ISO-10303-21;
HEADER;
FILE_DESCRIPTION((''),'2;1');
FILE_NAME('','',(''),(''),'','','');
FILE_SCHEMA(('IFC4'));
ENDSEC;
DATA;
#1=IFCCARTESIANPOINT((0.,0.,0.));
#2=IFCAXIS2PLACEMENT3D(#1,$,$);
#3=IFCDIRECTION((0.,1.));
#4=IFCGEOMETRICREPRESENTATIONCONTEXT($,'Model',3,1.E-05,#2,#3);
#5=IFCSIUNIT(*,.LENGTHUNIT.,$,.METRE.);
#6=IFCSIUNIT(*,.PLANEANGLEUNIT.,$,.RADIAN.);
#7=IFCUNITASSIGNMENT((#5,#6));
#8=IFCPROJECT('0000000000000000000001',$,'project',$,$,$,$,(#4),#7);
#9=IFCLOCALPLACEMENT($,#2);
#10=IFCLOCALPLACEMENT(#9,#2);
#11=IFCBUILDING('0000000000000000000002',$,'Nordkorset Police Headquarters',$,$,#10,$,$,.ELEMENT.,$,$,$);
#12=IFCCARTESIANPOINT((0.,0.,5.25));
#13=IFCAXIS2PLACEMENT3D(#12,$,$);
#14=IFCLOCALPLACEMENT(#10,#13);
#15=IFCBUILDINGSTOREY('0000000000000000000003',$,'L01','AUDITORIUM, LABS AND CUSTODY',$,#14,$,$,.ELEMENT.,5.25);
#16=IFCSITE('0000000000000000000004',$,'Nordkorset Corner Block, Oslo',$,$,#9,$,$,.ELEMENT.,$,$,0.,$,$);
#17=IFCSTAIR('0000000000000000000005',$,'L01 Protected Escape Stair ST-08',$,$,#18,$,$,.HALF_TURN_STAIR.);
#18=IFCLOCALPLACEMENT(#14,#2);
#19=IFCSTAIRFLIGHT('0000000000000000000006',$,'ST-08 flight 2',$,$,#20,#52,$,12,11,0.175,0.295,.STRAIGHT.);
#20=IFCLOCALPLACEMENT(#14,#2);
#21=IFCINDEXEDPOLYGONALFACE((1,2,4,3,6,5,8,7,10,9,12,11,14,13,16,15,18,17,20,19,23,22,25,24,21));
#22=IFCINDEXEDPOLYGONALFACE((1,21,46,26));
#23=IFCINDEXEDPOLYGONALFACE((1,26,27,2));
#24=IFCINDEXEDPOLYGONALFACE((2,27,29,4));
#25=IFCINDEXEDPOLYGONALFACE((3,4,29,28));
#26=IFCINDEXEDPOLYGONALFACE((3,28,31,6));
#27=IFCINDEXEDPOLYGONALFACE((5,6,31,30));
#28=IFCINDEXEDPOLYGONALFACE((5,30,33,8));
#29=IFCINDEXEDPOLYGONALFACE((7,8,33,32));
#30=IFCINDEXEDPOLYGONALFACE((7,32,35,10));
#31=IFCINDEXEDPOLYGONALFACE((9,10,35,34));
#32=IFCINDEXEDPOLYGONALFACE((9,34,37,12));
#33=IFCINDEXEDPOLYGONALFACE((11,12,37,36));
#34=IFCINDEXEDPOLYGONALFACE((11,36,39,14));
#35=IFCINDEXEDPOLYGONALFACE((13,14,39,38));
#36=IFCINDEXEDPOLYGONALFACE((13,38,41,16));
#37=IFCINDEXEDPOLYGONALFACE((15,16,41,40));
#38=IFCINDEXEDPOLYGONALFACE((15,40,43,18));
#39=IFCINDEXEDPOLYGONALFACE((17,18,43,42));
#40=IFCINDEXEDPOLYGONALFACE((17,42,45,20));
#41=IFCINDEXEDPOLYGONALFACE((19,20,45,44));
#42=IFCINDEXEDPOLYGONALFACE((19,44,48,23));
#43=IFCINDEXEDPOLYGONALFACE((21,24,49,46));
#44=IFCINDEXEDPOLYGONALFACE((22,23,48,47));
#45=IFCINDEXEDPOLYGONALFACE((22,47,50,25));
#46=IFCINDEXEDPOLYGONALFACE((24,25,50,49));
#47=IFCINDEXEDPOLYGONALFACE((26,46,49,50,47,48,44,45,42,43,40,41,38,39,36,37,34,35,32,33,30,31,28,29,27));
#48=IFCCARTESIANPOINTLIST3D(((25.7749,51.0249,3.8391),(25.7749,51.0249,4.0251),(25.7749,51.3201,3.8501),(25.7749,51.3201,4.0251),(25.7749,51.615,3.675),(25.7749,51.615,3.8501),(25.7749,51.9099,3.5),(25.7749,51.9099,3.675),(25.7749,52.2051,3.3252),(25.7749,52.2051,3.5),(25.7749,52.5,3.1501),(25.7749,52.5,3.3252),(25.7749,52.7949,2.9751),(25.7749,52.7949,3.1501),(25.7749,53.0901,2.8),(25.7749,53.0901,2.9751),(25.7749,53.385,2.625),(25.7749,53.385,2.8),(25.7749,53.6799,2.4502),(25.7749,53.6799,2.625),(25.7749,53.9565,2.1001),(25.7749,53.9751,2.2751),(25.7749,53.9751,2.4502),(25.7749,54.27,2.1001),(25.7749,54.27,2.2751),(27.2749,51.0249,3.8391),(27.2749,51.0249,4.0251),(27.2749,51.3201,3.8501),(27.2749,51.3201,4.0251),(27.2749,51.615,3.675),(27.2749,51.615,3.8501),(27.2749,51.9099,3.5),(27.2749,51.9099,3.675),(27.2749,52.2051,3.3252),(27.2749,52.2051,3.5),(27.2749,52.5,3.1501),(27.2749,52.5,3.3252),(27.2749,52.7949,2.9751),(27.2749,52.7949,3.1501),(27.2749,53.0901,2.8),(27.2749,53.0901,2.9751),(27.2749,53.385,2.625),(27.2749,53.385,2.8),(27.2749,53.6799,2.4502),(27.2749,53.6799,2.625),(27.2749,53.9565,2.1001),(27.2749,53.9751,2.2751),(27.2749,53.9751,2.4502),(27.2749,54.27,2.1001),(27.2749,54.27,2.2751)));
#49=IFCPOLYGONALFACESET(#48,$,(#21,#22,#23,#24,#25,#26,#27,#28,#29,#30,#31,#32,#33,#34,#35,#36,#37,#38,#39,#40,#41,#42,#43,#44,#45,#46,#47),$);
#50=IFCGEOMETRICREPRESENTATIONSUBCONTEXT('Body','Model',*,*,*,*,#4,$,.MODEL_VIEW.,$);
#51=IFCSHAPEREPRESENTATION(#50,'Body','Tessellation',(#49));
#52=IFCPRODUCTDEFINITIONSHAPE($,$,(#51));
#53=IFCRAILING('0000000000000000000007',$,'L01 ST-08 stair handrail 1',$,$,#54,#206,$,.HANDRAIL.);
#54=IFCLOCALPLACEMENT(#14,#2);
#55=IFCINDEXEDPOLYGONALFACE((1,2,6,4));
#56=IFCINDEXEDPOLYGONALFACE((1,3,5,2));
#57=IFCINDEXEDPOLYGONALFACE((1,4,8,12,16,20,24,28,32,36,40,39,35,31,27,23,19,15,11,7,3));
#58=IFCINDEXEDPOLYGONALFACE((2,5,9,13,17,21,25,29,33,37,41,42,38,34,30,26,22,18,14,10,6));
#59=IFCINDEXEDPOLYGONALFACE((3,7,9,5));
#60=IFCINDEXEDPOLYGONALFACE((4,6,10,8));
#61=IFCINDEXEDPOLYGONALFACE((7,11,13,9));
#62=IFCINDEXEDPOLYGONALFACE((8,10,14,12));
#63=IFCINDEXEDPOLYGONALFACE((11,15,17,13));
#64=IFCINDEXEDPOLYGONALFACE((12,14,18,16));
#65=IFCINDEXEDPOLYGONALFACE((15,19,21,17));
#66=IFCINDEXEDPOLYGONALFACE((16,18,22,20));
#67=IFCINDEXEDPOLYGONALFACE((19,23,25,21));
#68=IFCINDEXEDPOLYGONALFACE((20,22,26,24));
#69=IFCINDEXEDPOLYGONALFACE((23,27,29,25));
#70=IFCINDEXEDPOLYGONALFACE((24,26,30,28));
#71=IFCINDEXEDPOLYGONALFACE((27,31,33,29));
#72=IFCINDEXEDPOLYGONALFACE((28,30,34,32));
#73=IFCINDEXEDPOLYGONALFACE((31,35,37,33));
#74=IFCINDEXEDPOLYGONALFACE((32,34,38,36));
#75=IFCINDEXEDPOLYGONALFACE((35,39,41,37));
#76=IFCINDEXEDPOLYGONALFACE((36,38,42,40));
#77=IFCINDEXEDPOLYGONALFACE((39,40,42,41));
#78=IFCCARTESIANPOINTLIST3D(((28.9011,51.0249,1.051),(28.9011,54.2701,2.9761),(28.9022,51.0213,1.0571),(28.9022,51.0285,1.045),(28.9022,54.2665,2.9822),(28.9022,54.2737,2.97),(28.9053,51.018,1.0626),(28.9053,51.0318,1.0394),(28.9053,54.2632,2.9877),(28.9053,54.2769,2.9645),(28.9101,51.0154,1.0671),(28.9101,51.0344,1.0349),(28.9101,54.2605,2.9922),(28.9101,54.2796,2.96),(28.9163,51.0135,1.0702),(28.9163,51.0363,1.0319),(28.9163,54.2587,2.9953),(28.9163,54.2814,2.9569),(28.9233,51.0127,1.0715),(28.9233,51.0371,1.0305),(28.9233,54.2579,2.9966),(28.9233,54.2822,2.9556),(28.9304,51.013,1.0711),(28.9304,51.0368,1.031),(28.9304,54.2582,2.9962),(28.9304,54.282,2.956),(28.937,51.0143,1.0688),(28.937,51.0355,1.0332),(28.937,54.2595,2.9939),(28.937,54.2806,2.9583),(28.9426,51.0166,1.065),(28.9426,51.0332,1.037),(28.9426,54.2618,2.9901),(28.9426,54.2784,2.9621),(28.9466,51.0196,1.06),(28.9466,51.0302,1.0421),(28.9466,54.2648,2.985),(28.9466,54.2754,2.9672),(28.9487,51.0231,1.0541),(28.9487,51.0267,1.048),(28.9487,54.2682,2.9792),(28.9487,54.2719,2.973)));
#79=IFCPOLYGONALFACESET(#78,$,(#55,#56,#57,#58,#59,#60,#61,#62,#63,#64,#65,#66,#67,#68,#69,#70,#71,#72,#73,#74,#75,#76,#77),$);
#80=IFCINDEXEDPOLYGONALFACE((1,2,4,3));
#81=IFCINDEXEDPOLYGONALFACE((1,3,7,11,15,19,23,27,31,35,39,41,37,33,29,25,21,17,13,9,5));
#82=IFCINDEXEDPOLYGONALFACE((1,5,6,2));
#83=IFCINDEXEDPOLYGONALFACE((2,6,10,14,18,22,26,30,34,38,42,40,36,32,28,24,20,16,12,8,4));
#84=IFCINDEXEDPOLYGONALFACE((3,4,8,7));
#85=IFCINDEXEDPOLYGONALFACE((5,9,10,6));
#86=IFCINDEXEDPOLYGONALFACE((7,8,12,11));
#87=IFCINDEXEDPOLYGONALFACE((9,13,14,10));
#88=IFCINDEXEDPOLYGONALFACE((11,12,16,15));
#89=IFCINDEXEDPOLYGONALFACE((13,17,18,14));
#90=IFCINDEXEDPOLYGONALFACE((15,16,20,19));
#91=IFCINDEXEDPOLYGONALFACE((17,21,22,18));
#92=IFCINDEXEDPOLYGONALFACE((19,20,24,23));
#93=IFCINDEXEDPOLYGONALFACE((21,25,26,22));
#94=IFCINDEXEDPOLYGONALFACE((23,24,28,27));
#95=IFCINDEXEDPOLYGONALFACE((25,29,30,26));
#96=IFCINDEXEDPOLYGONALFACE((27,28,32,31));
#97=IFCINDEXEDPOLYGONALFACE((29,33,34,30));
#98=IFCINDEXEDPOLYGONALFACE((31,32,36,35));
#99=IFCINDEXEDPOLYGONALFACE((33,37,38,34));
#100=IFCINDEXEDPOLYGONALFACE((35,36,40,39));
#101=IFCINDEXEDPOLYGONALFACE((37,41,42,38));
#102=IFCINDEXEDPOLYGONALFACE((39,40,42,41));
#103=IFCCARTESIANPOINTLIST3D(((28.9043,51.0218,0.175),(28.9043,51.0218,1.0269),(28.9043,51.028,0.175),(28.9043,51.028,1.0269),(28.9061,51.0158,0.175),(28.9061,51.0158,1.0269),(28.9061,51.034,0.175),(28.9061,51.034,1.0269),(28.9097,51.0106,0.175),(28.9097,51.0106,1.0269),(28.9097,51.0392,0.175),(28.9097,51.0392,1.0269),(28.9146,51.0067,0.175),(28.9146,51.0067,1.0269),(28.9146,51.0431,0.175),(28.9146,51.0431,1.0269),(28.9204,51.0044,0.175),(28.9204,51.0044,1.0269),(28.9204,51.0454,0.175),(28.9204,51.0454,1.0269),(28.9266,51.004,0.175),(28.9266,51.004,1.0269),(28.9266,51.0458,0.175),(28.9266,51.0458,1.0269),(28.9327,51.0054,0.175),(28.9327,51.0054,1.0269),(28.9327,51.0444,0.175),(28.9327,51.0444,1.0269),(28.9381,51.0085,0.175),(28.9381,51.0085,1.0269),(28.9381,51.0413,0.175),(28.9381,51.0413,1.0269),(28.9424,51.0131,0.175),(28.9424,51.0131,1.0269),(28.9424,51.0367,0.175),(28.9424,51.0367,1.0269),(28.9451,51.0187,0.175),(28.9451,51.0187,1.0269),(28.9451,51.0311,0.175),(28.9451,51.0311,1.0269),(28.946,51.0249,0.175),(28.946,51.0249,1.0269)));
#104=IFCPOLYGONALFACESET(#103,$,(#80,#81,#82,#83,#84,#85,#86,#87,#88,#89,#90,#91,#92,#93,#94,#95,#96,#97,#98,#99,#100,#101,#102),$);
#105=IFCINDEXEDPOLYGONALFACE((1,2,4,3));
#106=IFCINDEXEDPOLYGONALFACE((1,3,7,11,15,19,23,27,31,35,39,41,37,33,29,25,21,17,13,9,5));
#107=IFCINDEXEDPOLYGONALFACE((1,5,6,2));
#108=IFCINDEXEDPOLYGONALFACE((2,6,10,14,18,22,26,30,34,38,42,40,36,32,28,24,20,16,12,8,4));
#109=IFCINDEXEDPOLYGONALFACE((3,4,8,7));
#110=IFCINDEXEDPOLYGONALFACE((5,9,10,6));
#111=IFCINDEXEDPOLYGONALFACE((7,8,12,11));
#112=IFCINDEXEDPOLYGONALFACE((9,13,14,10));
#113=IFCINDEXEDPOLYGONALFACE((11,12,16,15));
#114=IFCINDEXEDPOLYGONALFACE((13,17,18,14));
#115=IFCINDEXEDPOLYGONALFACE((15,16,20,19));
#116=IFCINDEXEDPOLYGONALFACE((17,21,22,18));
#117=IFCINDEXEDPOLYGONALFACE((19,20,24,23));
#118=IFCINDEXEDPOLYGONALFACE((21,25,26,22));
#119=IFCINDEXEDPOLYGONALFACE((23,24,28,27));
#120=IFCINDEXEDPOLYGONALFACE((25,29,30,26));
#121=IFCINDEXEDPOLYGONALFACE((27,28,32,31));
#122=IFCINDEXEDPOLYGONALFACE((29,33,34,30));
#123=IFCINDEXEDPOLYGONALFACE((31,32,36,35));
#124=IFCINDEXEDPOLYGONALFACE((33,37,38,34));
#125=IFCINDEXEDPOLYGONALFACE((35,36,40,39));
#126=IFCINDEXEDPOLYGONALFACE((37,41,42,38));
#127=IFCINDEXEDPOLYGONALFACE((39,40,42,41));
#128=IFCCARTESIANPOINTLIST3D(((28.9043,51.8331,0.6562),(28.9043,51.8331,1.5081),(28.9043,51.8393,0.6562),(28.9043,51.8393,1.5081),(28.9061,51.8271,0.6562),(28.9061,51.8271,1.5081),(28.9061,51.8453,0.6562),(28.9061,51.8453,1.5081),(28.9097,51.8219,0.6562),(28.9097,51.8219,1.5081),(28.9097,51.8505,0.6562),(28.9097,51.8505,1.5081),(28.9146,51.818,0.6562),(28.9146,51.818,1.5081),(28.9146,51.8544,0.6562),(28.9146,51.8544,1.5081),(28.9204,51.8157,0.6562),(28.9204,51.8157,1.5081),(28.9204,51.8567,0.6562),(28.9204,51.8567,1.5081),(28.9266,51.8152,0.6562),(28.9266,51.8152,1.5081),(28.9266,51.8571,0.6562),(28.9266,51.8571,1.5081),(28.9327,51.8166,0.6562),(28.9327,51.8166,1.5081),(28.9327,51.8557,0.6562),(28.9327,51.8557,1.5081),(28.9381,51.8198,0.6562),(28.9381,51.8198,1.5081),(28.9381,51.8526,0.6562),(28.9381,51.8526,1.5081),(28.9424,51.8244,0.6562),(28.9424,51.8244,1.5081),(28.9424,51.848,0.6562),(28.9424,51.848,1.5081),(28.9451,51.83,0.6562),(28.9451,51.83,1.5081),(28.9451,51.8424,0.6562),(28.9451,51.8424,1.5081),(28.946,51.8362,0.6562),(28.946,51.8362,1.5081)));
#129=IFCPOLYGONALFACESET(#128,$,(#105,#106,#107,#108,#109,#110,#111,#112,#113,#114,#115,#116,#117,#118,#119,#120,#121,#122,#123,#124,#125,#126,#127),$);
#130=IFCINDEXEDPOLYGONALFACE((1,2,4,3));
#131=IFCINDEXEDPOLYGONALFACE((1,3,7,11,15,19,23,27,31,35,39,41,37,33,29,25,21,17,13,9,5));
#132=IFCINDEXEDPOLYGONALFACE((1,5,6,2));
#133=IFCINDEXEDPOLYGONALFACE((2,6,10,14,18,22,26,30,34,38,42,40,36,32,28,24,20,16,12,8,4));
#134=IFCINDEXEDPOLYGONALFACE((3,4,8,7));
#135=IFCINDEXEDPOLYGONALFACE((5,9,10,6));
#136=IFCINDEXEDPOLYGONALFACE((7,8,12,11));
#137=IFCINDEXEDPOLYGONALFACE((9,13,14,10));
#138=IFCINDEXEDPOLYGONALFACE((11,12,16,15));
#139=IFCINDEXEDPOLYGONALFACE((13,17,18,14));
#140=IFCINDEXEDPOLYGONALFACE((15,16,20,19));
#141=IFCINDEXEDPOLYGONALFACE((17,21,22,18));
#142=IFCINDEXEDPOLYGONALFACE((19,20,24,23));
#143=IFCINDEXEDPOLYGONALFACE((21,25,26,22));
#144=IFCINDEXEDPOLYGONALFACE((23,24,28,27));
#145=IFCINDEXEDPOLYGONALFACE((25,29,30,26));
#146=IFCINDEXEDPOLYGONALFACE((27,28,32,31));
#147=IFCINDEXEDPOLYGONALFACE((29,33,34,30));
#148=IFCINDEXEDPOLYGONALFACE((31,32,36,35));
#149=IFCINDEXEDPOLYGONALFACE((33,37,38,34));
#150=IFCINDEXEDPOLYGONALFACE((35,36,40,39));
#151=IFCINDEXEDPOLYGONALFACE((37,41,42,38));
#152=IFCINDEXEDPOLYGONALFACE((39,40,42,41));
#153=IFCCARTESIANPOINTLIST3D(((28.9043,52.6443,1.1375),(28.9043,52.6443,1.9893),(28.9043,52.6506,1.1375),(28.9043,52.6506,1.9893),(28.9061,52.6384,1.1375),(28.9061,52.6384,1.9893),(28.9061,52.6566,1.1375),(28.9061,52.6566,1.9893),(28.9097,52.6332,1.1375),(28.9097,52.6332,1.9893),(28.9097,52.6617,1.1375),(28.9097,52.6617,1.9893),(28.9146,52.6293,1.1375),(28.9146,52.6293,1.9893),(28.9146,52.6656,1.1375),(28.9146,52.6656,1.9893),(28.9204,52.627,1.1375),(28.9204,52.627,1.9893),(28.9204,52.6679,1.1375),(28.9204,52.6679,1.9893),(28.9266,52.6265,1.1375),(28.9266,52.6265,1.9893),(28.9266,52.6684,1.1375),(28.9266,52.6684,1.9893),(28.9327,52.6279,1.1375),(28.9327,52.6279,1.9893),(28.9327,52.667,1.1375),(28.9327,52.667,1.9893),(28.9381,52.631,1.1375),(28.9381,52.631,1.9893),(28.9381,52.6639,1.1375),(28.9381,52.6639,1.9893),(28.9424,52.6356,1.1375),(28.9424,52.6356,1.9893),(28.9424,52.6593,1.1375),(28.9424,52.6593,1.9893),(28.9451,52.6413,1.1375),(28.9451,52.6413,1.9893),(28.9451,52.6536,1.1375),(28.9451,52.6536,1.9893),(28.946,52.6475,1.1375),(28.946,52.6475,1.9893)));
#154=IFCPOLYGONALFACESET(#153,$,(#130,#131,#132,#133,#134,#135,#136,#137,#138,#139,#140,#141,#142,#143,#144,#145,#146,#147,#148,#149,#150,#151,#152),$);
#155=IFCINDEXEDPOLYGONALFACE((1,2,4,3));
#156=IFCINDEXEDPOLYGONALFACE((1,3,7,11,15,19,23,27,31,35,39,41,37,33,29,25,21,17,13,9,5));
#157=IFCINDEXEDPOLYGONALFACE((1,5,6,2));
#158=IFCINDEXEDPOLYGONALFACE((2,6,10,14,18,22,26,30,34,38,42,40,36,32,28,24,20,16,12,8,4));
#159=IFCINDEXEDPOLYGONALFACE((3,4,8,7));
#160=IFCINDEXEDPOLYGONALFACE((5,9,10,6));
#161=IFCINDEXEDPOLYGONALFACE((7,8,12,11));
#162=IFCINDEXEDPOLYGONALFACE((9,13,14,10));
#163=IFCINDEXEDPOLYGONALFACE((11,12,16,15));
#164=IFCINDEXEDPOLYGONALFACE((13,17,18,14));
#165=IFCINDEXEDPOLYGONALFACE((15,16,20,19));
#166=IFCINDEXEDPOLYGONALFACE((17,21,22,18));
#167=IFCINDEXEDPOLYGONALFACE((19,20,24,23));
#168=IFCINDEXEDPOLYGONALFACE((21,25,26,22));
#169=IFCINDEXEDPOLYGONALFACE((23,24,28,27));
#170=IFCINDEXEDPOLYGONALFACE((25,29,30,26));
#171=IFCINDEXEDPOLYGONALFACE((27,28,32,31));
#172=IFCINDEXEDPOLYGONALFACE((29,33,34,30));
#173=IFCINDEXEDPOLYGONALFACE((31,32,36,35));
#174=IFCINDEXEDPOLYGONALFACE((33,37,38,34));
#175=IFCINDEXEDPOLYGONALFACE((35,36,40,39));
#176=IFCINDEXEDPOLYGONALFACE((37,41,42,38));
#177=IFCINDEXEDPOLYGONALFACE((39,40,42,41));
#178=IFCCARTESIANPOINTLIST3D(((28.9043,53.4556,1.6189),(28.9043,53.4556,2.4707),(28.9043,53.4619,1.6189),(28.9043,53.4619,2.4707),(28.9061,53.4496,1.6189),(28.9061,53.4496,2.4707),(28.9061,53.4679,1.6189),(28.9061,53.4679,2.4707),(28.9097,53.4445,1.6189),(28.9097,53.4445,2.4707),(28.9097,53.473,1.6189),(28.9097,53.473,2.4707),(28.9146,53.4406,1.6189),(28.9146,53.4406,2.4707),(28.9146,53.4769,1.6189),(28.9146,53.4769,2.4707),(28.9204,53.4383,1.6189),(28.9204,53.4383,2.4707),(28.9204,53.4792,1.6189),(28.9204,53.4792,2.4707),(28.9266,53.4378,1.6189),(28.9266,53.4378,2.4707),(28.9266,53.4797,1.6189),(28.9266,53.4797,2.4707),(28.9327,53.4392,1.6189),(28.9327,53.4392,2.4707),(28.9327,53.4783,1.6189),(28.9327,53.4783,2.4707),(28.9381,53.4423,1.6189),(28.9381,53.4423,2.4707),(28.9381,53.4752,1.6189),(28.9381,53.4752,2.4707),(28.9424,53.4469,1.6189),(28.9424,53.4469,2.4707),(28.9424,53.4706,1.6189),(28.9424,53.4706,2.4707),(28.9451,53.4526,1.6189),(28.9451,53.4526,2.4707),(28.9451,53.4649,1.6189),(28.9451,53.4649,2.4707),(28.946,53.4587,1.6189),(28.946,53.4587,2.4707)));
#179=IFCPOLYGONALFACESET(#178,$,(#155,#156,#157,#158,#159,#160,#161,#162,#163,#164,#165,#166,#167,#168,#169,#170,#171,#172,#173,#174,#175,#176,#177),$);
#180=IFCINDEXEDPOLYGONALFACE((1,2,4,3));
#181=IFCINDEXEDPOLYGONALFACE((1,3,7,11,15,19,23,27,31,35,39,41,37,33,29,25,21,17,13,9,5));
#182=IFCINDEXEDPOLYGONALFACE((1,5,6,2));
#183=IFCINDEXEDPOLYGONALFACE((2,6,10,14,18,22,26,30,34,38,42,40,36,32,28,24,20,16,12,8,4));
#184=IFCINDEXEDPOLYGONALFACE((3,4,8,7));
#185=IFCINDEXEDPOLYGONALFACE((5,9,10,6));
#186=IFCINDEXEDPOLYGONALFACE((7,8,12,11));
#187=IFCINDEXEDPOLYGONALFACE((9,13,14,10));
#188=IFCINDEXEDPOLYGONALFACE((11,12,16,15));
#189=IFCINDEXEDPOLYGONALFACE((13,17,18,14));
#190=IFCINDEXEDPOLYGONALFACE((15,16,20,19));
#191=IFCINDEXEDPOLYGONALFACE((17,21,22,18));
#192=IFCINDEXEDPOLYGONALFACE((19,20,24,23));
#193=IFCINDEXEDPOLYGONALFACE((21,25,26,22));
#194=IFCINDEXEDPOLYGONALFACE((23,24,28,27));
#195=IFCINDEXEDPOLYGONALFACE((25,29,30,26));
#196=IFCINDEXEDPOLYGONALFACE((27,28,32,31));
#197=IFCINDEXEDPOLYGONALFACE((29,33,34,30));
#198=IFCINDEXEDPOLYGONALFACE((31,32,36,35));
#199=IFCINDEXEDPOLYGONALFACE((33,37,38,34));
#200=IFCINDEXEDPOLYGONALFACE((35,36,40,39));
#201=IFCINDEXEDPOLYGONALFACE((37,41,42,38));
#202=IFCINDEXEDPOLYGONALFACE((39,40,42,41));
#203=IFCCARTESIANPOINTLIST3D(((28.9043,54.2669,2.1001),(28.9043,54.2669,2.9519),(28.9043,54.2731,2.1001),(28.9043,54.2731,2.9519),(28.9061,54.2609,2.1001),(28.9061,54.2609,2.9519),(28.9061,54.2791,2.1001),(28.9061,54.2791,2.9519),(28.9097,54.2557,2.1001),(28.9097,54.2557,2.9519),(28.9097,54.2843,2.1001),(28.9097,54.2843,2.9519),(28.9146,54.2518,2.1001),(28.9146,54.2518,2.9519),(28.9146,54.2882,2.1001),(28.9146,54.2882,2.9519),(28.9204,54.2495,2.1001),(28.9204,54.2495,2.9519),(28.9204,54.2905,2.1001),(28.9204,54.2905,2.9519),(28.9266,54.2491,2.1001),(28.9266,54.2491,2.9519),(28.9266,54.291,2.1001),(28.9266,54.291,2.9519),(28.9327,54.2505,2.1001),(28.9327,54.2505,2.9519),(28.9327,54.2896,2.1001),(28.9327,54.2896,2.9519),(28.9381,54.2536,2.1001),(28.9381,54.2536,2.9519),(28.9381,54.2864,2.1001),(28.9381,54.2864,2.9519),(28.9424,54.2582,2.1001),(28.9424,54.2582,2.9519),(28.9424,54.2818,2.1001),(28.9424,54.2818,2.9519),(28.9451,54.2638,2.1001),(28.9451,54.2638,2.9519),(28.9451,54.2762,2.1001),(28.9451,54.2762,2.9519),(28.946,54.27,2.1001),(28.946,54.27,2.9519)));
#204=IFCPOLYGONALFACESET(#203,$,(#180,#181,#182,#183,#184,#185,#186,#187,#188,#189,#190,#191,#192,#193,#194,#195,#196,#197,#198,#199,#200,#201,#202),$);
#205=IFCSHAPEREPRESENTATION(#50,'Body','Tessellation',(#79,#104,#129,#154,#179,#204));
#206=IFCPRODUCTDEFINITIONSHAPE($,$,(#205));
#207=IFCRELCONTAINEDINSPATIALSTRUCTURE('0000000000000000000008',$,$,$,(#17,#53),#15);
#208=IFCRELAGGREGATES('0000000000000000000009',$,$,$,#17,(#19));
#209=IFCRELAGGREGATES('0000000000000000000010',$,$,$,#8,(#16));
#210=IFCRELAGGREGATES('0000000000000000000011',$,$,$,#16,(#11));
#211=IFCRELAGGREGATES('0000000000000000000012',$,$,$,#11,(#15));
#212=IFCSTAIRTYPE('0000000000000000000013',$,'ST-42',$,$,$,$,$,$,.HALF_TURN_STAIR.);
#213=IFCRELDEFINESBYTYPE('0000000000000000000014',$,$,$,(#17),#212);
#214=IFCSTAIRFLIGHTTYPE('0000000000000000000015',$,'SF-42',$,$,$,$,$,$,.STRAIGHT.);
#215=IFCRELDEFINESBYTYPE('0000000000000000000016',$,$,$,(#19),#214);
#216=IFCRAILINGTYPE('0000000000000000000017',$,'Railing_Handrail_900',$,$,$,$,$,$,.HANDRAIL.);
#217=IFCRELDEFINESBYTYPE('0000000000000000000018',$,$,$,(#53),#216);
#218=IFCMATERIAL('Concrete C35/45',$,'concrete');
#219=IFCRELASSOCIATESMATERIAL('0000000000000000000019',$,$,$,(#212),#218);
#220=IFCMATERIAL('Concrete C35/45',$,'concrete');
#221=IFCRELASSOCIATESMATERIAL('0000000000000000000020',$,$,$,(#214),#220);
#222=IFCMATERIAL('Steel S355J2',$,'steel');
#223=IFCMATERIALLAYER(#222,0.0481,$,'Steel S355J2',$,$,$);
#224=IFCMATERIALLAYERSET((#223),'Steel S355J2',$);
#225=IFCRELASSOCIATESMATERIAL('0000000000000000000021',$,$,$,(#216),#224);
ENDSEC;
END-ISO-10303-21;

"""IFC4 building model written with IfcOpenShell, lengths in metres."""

from ifc_helpers import new_model, si_unit, direction, frame, origin, origin_2d, place, context, subcontext, project, spatial, polyline, circle, outline, extrude, material, layer, layer_set, type_object, element, aggregate, save


model = new_model("IFC4")

# Units and contexts
model_context = context("Model", 3, precision=1e-05, world=origin(), true_north=direction((0.0, 1.0)))
body_context = subcontext(model_context, "Body", "Model", "MODEL_VIEW")
ifc_project = project(units=[si_unit("LENGTHUNIT", "METRE"), si_unit("PLANEANGLEUNIT", "RADIAN")], contexts=[model_context])

# Site, building, storey
site_placement = place(None, origin())
site = spatial("IfcSite", under=ifc_project, at=site_placement, Name="Nordkorset Corner Block, Oslo", CompositionType="ELEMENT", RefElevation=0.0)
building_placement = place(site_placement, origin())
building = spatial("IfcBuilding", under=site, at=building_placement, Name="Nordkorset Police Headquarters", CompositionType="ELEMENT")
storey_placement = place(building_placement, frame((0.0, 0.0, 5.25)))
storey = spatial("IfcBuildingStorey", under=building, at=storey_placement, Name="L01", Description="AUDITORIUM, LABS AND CUSTODY", CompositionType="ELEMENT", Elevation=5.25)

# Stair, stair flight
ifc_material_1 = material(Name="Concrete C35/45", Category="concrete")
stair_type = type_object("IfcStairType", Name="ST-42", PredefinedType="HALF_TURN_STAIR", material=ifc_material_1)
stair_placement = place(storey_placement, origin())
stair = element("IfcStair", 1, at=stair_placement, inside=storey, type_object=stair_type, Name="L01 Protected Escape Stair ST-08", PredefinedType="HALF_TURN_STAIR")
ifc_material_2 = material(Name="Concrete C35/45", Category="concrete")
stair_flight_type = type_object("IfcStairFlightType", Name="SF-42", PredefinedType="STRAIGHT", material=ifc_material_2)
stair_flight_1_placement = place(storey_placement, frame((26.5249, 54.27, 2.1001), z_axis=(0.0, 0.0, 1.0), x_axis=(0.0, -1.0, 0.0)))
stair_flight_1 = element("IfcStairFlight", 2, at=stair_flight_1_placement, type_object=stair_flight_type, Name="ST-08 flight 2", NumberOfRisers=12, NumberOfTreads=11, PredefinedType="STRAIGHT", RiserHeight=0.175, TreadLength=0.295, context=body_context, shape_type="SweptSolid", body=[
    extrude(outline(polyline([(0.0, 0.0), (0.0, 0.175), (0.2949, 0.175), (0.2949, 0.3501), (0.5901, 0.3501), (0.5901, 0.5249), (0.885, 0.5249), (0.885, 0.7), (1.1799, 0.7), (1.1799, 0.875), (1.4751, 0.875), (1.4751, 1.05), (1.77, 1.05), (1.77, 1.2251), (2.0649, 1.2251), (2.0649, 1.3999), (2.3601, 1.3999), (2.3601, 1.575), (2.655, 1.575), (2.655, 1.75), (2.95, 1.75), (2.95, 1.925), (3.2451, 1.925), (3.2451, 2.1001), (3.2451, 1.739), (0.3135, 0.0), (0.0, 0.0)])), frame((0.0, 0.75, 0.0), z_axis=(0.0, -1.0, 0.0), x_axis=(1.0, 0.0, 0.0)), (0.0, 0.0, 1.0), 1.5),
])
aggregate(stair, [stair_flight_1])

# Railing
ifc_material_3 = material(Name="Steel S355J2", Category="steel")
ifc_layer_1 = layer(ifc_material_3, 0.0481, Name="Steel S355J2")
ifc_layer_set_1 = layer_set([ifc_layer_1], Name="Steel S355J2")
railing_type_1 = type_object("IfcRailingType", Name="Railing_Handrail_900", PredefinedType="HANDRAIL", material=ifc_layer_set_1)
railing_1_placement = place(storey_placement, frame((28.925, 51.0249, 0.175)))
element("IfcRailing", 3, at=railing_1_placement, inside=storey, type_object=railing_type_1, Name="L01 ST-08 stair handrail 1", PredefinedType="HANDRAIL", context=body_context, shape_type="SweptSolid", body=[
    extrude(circle(Radius=0.0239, at=origin_2d()), frame((0.0, 0.0, 0.876), z_axis=(0.0, 0.860057, 0.510198), x_axis=(-1.0, 0.0, 0.0)), (0.0, 0.0, 1.0), 3.7732),
    extrude(circle(Radius=0.021, at=origin_2d()), origin(), (0.0, 0.0, 1.0), 0.8518),
    extrude(circle(Radius=0.021, at=origin_2d()), frame((0.0, 0.8113, 0.4812)), (0.0, 0.0, 1.0), 0.8518),
    extrude(circle(Radius=0.021, at=origin_2d()), frame((0.0, 1.6226, 0.9624)), (0.0, 0.0, 1.0), 0.8518),
    extrude(circle(Radius=0.021, at=origin_2d()), frame((0.0, 2.4338, 1.4438)), (0.0, 0.0, 1.0), 0.8518),
    extrude(circle(Radius=0.021, at=origin_2d()), frame((0.0, 3.2451, 1.925)), (0.0, 0.0, 1.0), 0.8518),
])

save(model, "model.ifc")
